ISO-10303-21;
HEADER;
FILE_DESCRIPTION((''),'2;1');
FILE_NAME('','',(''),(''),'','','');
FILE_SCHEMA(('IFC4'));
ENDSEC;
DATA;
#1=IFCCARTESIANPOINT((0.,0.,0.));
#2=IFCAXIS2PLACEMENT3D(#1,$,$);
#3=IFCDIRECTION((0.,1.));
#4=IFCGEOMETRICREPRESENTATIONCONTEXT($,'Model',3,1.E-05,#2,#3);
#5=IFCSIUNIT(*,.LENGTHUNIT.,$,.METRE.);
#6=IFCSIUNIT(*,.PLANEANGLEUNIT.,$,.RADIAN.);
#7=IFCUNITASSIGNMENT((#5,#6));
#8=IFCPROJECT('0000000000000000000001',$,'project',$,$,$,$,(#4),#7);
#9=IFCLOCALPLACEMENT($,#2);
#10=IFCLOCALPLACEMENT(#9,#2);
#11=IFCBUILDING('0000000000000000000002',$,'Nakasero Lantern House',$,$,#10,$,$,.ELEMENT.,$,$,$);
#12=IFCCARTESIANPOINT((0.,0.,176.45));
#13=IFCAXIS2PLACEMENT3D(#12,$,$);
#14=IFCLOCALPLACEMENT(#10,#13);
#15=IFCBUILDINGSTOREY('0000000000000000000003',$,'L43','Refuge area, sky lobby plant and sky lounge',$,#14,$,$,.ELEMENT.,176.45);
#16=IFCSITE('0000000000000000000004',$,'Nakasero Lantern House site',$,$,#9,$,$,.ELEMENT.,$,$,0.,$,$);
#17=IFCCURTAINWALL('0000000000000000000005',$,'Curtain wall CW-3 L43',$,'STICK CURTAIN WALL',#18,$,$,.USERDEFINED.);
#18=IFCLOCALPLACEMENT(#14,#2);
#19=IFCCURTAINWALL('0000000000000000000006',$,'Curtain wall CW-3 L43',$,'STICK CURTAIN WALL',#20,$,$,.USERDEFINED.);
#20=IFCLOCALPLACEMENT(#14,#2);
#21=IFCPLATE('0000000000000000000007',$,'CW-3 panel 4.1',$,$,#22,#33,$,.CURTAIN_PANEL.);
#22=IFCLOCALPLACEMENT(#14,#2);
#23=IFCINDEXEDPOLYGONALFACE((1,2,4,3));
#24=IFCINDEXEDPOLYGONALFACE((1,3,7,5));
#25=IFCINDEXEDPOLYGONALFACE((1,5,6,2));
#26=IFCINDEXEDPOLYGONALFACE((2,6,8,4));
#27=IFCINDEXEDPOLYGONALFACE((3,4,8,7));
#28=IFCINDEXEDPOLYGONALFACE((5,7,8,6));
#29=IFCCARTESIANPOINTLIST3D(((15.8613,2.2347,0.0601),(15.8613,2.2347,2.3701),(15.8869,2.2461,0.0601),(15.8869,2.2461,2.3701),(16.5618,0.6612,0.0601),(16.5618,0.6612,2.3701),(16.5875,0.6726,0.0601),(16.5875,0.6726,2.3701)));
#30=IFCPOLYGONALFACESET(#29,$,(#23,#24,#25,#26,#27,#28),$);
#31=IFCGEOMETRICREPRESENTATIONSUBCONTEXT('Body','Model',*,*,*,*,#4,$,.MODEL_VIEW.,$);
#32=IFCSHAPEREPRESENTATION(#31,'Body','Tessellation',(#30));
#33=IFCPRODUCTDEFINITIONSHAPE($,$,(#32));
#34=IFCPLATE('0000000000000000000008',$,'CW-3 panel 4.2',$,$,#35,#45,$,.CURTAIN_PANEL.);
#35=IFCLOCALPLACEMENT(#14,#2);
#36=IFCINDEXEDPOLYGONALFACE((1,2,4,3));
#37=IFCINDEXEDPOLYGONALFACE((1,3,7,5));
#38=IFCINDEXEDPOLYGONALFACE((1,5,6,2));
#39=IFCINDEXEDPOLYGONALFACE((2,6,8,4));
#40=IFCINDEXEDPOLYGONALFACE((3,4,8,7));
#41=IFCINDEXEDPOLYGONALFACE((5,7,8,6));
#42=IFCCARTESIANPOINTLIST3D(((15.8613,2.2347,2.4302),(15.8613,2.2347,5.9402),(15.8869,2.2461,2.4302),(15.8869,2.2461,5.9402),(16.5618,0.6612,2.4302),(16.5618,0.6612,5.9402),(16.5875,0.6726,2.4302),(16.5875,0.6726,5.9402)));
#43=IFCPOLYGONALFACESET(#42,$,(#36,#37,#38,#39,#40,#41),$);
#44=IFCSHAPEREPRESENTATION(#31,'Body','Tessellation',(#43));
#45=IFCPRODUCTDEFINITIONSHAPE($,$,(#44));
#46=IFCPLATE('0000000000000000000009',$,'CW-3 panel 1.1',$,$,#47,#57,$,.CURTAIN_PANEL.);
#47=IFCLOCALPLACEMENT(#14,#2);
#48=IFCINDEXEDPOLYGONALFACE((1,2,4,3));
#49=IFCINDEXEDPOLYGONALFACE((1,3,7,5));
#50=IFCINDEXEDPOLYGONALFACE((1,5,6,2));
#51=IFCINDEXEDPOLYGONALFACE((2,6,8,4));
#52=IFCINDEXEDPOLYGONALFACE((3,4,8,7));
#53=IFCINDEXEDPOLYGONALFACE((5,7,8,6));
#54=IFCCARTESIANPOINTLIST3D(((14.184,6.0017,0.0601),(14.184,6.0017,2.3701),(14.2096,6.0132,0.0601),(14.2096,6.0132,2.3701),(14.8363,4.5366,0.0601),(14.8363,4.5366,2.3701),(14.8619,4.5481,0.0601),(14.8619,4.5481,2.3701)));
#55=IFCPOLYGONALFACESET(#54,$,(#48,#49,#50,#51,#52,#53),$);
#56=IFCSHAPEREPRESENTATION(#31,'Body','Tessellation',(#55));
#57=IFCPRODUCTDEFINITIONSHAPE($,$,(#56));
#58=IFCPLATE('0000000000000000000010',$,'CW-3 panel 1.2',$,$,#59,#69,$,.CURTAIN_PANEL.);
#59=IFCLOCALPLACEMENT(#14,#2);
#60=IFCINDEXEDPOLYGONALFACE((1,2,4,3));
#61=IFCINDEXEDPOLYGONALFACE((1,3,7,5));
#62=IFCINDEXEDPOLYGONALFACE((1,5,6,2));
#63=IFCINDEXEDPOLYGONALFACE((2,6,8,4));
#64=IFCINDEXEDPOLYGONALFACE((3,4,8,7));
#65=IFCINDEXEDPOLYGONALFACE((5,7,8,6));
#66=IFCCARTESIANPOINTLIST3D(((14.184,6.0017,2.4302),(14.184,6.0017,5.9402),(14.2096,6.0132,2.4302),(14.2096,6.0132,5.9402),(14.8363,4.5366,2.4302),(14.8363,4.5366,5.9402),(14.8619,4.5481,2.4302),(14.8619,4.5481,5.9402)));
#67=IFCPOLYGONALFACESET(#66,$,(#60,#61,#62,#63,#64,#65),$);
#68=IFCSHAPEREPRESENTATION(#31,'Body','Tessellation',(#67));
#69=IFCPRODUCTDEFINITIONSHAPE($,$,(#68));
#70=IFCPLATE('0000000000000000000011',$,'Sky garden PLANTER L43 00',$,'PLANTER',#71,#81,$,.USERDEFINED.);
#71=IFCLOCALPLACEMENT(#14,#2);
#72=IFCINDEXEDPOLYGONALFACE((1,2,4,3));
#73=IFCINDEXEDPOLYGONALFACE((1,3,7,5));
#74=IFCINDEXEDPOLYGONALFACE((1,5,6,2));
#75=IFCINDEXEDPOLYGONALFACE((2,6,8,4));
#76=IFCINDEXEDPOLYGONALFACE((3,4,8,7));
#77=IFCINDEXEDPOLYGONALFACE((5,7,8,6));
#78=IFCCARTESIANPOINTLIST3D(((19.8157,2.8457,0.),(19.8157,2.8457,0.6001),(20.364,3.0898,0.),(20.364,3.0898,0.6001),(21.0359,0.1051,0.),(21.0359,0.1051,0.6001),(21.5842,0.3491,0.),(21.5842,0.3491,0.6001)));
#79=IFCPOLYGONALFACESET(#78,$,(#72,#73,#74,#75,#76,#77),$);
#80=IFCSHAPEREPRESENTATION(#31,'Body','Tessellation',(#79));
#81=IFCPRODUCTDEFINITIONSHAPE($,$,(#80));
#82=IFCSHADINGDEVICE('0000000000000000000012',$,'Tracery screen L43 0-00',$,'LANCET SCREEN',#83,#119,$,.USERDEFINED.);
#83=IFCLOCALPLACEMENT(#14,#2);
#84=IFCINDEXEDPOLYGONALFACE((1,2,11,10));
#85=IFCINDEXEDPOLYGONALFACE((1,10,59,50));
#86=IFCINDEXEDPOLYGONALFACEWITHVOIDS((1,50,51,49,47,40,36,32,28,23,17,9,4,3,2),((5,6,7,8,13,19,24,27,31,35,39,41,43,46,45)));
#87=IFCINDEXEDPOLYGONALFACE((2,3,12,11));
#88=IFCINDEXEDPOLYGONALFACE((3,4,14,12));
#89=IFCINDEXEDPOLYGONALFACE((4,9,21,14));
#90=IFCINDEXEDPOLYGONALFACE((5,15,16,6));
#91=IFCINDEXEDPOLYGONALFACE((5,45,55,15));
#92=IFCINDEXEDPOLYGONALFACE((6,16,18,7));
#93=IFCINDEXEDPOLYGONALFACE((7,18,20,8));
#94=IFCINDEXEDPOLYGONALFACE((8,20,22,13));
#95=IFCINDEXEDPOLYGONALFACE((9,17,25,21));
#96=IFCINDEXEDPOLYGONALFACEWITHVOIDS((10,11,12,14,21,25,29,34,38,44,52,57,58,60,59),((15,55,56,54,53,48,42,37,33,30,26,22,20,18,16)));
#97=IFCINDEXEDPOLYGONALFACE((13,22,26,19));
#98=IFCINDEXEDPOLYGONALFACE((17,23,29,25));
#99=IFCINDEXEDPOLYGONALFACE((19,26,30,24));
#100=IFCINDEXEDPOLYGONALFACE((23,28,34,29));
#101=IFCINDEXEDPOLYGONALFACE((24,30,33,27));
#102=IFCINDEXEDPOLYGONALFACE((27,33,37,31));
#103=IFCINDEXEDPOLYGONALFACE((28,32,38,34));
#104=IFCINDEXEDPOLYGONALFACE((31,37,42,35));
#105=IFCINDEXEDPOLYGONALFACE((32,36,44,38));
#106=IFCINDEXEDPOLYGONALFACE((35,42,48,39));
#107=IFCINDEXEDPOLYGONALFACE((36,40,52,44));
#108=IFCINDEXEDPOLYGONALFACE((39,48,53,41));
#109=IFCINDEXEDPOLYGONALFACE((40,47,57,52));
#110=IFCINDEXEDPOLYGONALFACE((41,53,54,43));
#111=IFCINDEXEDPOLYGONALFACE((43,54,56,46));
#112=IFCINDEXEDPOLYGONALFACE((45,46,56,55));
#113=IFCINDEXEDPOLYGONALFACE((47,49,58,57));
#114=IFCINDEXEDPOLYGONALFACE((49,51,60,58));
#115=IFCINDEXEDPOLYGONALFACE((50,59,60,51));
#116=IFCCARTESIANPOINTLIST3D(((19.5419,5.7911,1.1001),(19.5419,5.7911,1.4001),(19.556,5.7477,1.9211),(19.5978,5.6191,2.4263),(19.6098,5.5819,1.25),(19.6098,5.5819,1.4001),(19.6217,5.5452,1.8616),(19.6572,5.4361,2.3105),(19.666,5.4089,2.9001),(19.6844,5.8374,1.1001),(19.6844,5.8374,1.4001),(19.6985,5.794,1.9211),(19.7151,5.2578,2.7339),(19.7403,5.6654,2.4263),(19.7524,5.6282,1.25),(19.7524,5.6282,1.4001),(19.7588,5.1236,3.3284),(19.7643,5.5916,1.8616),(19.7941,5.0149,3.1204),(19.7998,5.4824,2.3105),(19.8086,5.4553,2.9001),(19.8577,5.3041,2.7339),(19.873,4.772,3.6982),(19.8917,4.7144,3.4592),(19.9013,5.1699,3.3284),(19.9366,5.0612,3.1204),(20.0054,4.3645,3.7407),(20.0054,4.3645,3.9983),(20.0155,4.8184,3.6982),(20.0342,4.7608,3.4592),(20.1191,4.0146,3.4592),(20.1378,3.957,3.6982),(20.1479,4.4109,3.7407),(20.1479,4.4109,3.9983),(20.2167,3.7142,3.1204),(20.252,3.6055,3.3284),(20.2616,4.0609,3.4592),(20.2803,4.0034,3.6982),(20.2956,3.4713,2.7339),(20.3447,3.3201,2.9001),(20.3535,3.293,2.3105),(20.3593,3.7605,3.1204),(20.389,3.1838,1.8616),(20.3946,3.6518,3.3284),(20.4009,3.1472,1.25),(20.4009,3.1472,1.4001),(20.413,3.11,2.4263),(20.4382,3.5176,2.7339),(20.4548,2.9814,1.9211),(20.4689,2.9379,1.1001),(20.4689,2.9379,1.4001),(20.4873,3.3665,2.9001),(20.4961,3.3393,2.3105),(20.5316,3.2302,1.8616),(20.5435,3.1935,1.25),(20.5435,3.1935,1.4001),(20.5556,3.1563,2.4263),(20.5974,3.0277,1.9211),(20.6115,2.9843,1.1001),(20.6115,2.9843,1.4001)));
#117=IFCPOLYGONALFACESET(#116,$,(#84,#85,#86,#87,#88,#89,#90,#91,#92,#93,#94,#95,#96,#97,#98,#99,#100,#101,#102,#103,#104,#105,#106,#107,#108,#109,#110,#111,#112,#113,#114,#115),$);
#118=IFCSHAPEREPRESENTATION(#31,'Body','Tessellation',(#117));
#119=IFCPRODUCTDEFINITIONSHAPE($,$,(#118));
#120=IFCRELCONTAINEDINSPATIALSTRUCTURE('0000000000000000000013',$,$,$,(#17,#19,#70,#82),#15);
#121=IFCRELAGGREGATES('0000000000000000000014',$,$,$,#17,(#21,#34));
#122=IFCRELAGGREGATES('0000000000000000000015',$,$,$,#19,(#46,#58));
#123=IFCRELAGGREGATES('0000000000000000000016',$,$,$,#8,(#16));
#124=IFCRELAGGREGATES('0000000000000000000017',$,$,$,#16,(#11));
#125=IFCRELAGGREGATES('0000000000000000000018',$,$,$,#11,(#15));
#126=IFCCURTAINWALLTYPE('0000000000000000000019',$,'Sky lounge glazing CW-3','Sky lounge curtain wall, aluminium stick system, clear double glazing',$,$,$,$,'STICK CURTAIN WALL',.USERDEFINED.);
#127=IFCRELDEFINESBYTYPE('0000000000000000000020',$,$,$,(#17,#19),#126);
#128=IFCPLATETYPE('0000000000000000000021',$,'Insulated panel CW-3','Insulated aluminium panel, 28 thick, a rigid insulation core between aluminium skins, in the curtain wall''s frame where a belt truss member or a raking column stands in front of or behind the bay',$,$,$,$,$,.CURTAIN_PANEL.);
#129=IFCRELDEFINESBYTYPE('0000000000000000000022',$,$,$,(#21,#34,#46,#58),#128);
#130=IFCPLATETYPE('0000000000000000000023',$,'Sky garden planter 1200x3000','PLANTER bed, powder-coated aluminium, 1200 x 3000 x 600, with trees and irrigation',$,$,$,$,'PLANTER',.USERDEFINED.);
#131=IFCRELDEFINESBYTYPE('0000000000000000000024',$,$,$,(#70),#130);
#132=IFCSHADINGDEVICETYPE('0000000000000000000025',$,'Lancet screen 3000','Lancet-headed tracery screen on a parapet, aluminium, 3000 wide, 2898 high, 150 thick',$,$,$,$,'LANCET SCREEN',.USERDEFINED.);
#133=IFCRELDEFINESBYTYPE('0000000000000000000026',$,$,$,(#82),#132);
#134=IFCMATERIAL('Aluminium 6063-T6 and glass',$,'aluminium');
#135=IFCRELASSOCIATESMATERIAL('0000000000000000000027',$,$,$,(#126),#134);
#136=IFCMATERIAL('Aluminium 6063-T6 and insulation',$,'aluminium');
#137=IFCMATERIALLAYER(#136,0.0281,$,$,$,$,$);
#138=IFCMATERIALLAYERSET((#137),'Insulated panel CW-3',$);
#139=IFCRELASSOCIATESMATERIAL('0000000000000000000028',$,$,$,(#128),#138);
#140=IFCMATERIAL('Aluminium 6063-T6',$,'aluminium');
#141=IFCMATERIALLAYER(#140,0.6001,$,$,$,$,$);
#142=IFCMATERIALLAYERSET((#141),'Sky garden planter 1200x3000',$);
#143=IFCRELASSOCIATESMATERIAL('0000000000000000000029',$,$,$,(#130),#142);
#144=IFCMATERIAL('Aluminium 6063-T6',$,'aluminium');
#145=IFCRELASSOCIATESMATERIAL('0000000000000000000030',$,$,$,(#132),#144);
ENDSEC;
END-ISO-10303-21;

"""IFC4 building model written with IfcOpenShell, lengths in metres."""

from ifc_helpers import new_model, si_unit, direction, frame, origin, origin_2d, place, context, subcontext, project, spatial, polyline, rectangle, outline, extrude, material, layer, layer_set, type_object, element, aggregate, save


model = new_model("IFC4")

# Units and contexts
model_context = context("Model", 3, precision=1e-05, world=origin(), true_north=direction((0.0, 1.0)))
body_context = subcontext(model_context, "Body", "Model", "MODEL_VIEW")
ifc_project = project(units=[si_unit("LENGTHUNIT", "METRE"), si_unit("PLANEANGLEUNIT", "RADIAN")], contexts=[model_context])

# Site, building, storey
site_placement = place(None, origin())
site = spatial("IfcSite", under=ifc_project, at=site_placement, Name="Nakasero Lantern House site", CompositionType="ELEMENT", RefElevation=0.0)
building_placement = place(site_placement, origin())
building = spatial("IfcBuilding", under=site, at=building_placement, Name="Nakasero Lantern House", CompositionType="ELEMENT")
storey_placement = place(building_placement, frame((0.0, 0.0, 176.45)))
storey = spatial("IfcBuildingStorey", under=building, at=storey_placement, Name="L43", Description="Refuge area, sky lobby plant and sky lounge", CompositionType="ELEMENT", Elevation=176.45)

# Curtain wall
ifc_material_1 = material(Name="Aluminium 6063-T6 and glass", Category="aluminium")
curtain_wall_type = type_object("IfcCurtainWallType", Name="Sky lounge glazing CW-3", Description="Sky lounge curtain wall, aluminium stick system, clear double glazing", ElementType="STICK CURTAIN WALL", PredefinedType="USERDEFINED", material=ifc_material_1)
curtain_wall_1_placement = place(storey_placement, origin())
curtain_wall_1 = element("IfcCurtainWall", 1, at=curtain_wall_1_placement, inside=storey, type_object=curtain_wall_type, Name="Curtain wall CW-3 L43", ObjectType="STICK CURTAIN WALL", PredefinedType="USERDEFINED")

# Curtain wall
curtain_wall_2_placement = place(storey_placement, origin())
curtain_wall_2 = element("IfcCurtainWall", 2, at=curtain_wall_2_placement, inside=storey, type_object=curtain_wall_type, Name="Curtain wall CW-3 L43", ObjectType="STICK CURTAIN WALL", PredefinedType="USERDEFINED")

# Plates
ifc_material_2 = material(Name="Aluminium 6063-T6 and insulation", Category="aluminium")
ifc_layer_1 = layer(ifc_material_2, 0.0281)
ifc_layer_set_1 = layer_set([ifc_layer_1], Name="Insulated panel CW-3")
plate_type_1 = type_object("IfcPlateType", Name="Insulated panel CW-3", Description="Insulated aluminium panel, 28 thick, a rigid insulation core between aluminium skins, in the curtain wall's frame where a belt truss member or a raking column stands in front of or behind the bay", PredefinedType="CURTAIN_PANEL", material=ifc_layer_set_1)
plate_1_placement = place(storey_placement, frame((16.2244, 1.4536, 0.0601), z_axis=(0.0, 0.0, 1.0), x_axis=(-0.406737, 0.913545, 0.0)))
plate_1 = element("IfcPlate", 3, at=plate_1_placement, type_object=plate_type_1, Name="CW-3 panel 4.1", PredefinedType="CURTAIN_PANEL", context=body_context, shape_type="SweptSolid", body=[
    extrude(rectangle(XDim=1.7224, YDim=0.0281, at=origin_2d()), origin(), (0.0, 0.0, 1.0), 2.3101),
])
plate_2_placement = place(storey_placement, frame((16.2244, 1.4536, 2.4302), z_axis=(0.0, 0.0, 1.0), x_axis=(-0.406737, 0.913545, 0.0)))
plate_2 = element("IfcPlate", 4, at=plate_2_placement, type_object=plate_type_1, Name="CW-3 panel 4.2", PredefinedType="CURTAIN_PANEL", context=body_context, shape_type="SweptSolid", body=[
    extrude(rectangle(XDim=1.7224, YDim=0.0281, at=origin_2d()), origin(), (0.0, 0.0, 1.0), 3.51),
])
aggregate(curtain_wall_1, [plate_1, plate_2])
plate_3_placement = place(storey_placement, frame((14.5229, 5.2749, 0.0601), z_axis=(0.0, 0.0, 1.0), x_axis=(-0.406737, 0.913545, 0.0)))
plate_3 = element("IfcPlate", 5, at=plate_3_placement, type_object=plate_type_1, Name="CW-3 panel 1.1", PredefinedType="CURTAIN_PANEL", context=body_context, shape_type="SweptSolid", body=[
    extrude(rectangle(XDim=1.6038, YDim=0.0281, at=origin_2d()), origin(), (0.0, 0.0, 1.0), 2.3101),
])
plate_4_placement = place(storey_placement, frame((14.5229, 5.2749, 2.4302), z_axis=(0.0, 0.0, 1.0), x_axis=(-0.406737, 0.913545, 0.0)))
plate_4 = element("IfcPlate", 6, at=plate_4_placement, type_object=plate_type_1, Name="CW-3 panel 1.2", PredefinedType="CURTAIN_PANEL", context=body_context, shape_type="SweptSolid", body=[
    extrude(rectangle(XDim=1.6038, YDim=0.0281, at=origin_2d()), origin(), (0.0, 0.0, 1.0), 3.51),
])
aggregate(curtain_wall_2, [plate_3, plate_4])
ifc_material_3 = material(Name="Aluminium 6063-T6", Category="aluminium")
ifc_layer_2 = layer(ifc_material_3, 0.6001)
ifc_layer_set_2 = layer_set([ifc_layer_2], Name="Sky garden planter 1200x3000")
plate_type_2 = type_object("IfcPlateType", Name="Sky garden planter 1200x3000", Description="PLANTER bed, powder-coated aluminium, 1200 x 3000 x 600, with trees and irrigation", ElementType="PLANTER", PredefinedType="USERDEFINED", material=ifc_layer_set_2)
plate_5_placement = place(storey_placement, frame((20.7, 1.5974, 0.0), z_axis=(0.0, 0.0, 1.0), x_axis=(0.913545, 0.406737, 0.0)))
element("IfcPlate", 7, at=plate_5_placement, inside=storey, type_object=plate_type_2, Name="Sky garden PLANTER L43 00", ObjectType="PLANTER", PredefinedType="USERDEFINED", context=body_context, shape_type="SweptSolid", body=[
    extrude(rectangle(XDim=0.6001, YDim=3.0, at=origin_2d()), origin(), (0.0, 0.0, 1.0), 0.6001),
])

# Shading device
ifc_material_4 = material(Name="Aluminium 6063-T6", Category="aluminium")
shading_device_type = type_object("IfcShadingDeviceType", Name="Lancet screen 3000", Description="Lancet-headed tracery screen on a parapet, aluminium, 3000 wide, 2898 high, 150 thick", ElementType="LANCET SCREEN", PredefinedType="USERDEFINED", material=ifc_material_4)
shading_device_placement = place(storey_placement, frame((20.0767, 4.3877, 1.1001), z_axis=(0.0, 0.0, 1.0), x_axis=(-0.309017, 0.951057, 0.0)))
element("IfcShadingDevice", 8, at=shading_device_placement, inside=storey, type_object=shading_device_type, Name="Tracery screen L43 0-00", ObjectType="LANCET SCREEN", PredefinedType="USERDEFINED", context=body_context, shape_type="SweptSolid", body=[
    extrude(outline(polyline([(-1.5, 0.0), (1.5, 0.0), (1.5, 0.3), (1.4543, 0.821), (1.3191, 1.3262), (1.0981, 1.8), (0.7981, 2.2283), (0.4285, 2.5981), (0.0, 2.8982), (-0.4285, 2.5981), (-0.7981, 2.2283), (-1.0981, 1.8), (-1.3191, 1.3262), (-1.4543, 0.821), (-1.5, 0.3), (-1.5, 0.0)]), holes=[polyline([(-1.28, 0.1499), (1.28, 0.1499), (1.28, 0.3), (1.2415, 0.7615), (1.1267, 1.2104), (0.9392, 1.6338), (0.6838, 2.0203), (0.3679, 2.3591), (0.0, 2.6406), (-0.3679, 2.3591), (-0.6838, 2.0203), (-0.9392, 1.6338), (-1.1267, 1.2104), (-1.2415, 0.7615), (-1.28, 0.3), (-1.28, 0.1499)])]), frame((0.0, 0.075, 0.0), z_axis=(0.0, -1.0, 0.0), x_axis=(1.0, 0.0, 0.0)), (0.0, 0.0, 1.0), 0.1499),
])

save(model, "model.ifc")
